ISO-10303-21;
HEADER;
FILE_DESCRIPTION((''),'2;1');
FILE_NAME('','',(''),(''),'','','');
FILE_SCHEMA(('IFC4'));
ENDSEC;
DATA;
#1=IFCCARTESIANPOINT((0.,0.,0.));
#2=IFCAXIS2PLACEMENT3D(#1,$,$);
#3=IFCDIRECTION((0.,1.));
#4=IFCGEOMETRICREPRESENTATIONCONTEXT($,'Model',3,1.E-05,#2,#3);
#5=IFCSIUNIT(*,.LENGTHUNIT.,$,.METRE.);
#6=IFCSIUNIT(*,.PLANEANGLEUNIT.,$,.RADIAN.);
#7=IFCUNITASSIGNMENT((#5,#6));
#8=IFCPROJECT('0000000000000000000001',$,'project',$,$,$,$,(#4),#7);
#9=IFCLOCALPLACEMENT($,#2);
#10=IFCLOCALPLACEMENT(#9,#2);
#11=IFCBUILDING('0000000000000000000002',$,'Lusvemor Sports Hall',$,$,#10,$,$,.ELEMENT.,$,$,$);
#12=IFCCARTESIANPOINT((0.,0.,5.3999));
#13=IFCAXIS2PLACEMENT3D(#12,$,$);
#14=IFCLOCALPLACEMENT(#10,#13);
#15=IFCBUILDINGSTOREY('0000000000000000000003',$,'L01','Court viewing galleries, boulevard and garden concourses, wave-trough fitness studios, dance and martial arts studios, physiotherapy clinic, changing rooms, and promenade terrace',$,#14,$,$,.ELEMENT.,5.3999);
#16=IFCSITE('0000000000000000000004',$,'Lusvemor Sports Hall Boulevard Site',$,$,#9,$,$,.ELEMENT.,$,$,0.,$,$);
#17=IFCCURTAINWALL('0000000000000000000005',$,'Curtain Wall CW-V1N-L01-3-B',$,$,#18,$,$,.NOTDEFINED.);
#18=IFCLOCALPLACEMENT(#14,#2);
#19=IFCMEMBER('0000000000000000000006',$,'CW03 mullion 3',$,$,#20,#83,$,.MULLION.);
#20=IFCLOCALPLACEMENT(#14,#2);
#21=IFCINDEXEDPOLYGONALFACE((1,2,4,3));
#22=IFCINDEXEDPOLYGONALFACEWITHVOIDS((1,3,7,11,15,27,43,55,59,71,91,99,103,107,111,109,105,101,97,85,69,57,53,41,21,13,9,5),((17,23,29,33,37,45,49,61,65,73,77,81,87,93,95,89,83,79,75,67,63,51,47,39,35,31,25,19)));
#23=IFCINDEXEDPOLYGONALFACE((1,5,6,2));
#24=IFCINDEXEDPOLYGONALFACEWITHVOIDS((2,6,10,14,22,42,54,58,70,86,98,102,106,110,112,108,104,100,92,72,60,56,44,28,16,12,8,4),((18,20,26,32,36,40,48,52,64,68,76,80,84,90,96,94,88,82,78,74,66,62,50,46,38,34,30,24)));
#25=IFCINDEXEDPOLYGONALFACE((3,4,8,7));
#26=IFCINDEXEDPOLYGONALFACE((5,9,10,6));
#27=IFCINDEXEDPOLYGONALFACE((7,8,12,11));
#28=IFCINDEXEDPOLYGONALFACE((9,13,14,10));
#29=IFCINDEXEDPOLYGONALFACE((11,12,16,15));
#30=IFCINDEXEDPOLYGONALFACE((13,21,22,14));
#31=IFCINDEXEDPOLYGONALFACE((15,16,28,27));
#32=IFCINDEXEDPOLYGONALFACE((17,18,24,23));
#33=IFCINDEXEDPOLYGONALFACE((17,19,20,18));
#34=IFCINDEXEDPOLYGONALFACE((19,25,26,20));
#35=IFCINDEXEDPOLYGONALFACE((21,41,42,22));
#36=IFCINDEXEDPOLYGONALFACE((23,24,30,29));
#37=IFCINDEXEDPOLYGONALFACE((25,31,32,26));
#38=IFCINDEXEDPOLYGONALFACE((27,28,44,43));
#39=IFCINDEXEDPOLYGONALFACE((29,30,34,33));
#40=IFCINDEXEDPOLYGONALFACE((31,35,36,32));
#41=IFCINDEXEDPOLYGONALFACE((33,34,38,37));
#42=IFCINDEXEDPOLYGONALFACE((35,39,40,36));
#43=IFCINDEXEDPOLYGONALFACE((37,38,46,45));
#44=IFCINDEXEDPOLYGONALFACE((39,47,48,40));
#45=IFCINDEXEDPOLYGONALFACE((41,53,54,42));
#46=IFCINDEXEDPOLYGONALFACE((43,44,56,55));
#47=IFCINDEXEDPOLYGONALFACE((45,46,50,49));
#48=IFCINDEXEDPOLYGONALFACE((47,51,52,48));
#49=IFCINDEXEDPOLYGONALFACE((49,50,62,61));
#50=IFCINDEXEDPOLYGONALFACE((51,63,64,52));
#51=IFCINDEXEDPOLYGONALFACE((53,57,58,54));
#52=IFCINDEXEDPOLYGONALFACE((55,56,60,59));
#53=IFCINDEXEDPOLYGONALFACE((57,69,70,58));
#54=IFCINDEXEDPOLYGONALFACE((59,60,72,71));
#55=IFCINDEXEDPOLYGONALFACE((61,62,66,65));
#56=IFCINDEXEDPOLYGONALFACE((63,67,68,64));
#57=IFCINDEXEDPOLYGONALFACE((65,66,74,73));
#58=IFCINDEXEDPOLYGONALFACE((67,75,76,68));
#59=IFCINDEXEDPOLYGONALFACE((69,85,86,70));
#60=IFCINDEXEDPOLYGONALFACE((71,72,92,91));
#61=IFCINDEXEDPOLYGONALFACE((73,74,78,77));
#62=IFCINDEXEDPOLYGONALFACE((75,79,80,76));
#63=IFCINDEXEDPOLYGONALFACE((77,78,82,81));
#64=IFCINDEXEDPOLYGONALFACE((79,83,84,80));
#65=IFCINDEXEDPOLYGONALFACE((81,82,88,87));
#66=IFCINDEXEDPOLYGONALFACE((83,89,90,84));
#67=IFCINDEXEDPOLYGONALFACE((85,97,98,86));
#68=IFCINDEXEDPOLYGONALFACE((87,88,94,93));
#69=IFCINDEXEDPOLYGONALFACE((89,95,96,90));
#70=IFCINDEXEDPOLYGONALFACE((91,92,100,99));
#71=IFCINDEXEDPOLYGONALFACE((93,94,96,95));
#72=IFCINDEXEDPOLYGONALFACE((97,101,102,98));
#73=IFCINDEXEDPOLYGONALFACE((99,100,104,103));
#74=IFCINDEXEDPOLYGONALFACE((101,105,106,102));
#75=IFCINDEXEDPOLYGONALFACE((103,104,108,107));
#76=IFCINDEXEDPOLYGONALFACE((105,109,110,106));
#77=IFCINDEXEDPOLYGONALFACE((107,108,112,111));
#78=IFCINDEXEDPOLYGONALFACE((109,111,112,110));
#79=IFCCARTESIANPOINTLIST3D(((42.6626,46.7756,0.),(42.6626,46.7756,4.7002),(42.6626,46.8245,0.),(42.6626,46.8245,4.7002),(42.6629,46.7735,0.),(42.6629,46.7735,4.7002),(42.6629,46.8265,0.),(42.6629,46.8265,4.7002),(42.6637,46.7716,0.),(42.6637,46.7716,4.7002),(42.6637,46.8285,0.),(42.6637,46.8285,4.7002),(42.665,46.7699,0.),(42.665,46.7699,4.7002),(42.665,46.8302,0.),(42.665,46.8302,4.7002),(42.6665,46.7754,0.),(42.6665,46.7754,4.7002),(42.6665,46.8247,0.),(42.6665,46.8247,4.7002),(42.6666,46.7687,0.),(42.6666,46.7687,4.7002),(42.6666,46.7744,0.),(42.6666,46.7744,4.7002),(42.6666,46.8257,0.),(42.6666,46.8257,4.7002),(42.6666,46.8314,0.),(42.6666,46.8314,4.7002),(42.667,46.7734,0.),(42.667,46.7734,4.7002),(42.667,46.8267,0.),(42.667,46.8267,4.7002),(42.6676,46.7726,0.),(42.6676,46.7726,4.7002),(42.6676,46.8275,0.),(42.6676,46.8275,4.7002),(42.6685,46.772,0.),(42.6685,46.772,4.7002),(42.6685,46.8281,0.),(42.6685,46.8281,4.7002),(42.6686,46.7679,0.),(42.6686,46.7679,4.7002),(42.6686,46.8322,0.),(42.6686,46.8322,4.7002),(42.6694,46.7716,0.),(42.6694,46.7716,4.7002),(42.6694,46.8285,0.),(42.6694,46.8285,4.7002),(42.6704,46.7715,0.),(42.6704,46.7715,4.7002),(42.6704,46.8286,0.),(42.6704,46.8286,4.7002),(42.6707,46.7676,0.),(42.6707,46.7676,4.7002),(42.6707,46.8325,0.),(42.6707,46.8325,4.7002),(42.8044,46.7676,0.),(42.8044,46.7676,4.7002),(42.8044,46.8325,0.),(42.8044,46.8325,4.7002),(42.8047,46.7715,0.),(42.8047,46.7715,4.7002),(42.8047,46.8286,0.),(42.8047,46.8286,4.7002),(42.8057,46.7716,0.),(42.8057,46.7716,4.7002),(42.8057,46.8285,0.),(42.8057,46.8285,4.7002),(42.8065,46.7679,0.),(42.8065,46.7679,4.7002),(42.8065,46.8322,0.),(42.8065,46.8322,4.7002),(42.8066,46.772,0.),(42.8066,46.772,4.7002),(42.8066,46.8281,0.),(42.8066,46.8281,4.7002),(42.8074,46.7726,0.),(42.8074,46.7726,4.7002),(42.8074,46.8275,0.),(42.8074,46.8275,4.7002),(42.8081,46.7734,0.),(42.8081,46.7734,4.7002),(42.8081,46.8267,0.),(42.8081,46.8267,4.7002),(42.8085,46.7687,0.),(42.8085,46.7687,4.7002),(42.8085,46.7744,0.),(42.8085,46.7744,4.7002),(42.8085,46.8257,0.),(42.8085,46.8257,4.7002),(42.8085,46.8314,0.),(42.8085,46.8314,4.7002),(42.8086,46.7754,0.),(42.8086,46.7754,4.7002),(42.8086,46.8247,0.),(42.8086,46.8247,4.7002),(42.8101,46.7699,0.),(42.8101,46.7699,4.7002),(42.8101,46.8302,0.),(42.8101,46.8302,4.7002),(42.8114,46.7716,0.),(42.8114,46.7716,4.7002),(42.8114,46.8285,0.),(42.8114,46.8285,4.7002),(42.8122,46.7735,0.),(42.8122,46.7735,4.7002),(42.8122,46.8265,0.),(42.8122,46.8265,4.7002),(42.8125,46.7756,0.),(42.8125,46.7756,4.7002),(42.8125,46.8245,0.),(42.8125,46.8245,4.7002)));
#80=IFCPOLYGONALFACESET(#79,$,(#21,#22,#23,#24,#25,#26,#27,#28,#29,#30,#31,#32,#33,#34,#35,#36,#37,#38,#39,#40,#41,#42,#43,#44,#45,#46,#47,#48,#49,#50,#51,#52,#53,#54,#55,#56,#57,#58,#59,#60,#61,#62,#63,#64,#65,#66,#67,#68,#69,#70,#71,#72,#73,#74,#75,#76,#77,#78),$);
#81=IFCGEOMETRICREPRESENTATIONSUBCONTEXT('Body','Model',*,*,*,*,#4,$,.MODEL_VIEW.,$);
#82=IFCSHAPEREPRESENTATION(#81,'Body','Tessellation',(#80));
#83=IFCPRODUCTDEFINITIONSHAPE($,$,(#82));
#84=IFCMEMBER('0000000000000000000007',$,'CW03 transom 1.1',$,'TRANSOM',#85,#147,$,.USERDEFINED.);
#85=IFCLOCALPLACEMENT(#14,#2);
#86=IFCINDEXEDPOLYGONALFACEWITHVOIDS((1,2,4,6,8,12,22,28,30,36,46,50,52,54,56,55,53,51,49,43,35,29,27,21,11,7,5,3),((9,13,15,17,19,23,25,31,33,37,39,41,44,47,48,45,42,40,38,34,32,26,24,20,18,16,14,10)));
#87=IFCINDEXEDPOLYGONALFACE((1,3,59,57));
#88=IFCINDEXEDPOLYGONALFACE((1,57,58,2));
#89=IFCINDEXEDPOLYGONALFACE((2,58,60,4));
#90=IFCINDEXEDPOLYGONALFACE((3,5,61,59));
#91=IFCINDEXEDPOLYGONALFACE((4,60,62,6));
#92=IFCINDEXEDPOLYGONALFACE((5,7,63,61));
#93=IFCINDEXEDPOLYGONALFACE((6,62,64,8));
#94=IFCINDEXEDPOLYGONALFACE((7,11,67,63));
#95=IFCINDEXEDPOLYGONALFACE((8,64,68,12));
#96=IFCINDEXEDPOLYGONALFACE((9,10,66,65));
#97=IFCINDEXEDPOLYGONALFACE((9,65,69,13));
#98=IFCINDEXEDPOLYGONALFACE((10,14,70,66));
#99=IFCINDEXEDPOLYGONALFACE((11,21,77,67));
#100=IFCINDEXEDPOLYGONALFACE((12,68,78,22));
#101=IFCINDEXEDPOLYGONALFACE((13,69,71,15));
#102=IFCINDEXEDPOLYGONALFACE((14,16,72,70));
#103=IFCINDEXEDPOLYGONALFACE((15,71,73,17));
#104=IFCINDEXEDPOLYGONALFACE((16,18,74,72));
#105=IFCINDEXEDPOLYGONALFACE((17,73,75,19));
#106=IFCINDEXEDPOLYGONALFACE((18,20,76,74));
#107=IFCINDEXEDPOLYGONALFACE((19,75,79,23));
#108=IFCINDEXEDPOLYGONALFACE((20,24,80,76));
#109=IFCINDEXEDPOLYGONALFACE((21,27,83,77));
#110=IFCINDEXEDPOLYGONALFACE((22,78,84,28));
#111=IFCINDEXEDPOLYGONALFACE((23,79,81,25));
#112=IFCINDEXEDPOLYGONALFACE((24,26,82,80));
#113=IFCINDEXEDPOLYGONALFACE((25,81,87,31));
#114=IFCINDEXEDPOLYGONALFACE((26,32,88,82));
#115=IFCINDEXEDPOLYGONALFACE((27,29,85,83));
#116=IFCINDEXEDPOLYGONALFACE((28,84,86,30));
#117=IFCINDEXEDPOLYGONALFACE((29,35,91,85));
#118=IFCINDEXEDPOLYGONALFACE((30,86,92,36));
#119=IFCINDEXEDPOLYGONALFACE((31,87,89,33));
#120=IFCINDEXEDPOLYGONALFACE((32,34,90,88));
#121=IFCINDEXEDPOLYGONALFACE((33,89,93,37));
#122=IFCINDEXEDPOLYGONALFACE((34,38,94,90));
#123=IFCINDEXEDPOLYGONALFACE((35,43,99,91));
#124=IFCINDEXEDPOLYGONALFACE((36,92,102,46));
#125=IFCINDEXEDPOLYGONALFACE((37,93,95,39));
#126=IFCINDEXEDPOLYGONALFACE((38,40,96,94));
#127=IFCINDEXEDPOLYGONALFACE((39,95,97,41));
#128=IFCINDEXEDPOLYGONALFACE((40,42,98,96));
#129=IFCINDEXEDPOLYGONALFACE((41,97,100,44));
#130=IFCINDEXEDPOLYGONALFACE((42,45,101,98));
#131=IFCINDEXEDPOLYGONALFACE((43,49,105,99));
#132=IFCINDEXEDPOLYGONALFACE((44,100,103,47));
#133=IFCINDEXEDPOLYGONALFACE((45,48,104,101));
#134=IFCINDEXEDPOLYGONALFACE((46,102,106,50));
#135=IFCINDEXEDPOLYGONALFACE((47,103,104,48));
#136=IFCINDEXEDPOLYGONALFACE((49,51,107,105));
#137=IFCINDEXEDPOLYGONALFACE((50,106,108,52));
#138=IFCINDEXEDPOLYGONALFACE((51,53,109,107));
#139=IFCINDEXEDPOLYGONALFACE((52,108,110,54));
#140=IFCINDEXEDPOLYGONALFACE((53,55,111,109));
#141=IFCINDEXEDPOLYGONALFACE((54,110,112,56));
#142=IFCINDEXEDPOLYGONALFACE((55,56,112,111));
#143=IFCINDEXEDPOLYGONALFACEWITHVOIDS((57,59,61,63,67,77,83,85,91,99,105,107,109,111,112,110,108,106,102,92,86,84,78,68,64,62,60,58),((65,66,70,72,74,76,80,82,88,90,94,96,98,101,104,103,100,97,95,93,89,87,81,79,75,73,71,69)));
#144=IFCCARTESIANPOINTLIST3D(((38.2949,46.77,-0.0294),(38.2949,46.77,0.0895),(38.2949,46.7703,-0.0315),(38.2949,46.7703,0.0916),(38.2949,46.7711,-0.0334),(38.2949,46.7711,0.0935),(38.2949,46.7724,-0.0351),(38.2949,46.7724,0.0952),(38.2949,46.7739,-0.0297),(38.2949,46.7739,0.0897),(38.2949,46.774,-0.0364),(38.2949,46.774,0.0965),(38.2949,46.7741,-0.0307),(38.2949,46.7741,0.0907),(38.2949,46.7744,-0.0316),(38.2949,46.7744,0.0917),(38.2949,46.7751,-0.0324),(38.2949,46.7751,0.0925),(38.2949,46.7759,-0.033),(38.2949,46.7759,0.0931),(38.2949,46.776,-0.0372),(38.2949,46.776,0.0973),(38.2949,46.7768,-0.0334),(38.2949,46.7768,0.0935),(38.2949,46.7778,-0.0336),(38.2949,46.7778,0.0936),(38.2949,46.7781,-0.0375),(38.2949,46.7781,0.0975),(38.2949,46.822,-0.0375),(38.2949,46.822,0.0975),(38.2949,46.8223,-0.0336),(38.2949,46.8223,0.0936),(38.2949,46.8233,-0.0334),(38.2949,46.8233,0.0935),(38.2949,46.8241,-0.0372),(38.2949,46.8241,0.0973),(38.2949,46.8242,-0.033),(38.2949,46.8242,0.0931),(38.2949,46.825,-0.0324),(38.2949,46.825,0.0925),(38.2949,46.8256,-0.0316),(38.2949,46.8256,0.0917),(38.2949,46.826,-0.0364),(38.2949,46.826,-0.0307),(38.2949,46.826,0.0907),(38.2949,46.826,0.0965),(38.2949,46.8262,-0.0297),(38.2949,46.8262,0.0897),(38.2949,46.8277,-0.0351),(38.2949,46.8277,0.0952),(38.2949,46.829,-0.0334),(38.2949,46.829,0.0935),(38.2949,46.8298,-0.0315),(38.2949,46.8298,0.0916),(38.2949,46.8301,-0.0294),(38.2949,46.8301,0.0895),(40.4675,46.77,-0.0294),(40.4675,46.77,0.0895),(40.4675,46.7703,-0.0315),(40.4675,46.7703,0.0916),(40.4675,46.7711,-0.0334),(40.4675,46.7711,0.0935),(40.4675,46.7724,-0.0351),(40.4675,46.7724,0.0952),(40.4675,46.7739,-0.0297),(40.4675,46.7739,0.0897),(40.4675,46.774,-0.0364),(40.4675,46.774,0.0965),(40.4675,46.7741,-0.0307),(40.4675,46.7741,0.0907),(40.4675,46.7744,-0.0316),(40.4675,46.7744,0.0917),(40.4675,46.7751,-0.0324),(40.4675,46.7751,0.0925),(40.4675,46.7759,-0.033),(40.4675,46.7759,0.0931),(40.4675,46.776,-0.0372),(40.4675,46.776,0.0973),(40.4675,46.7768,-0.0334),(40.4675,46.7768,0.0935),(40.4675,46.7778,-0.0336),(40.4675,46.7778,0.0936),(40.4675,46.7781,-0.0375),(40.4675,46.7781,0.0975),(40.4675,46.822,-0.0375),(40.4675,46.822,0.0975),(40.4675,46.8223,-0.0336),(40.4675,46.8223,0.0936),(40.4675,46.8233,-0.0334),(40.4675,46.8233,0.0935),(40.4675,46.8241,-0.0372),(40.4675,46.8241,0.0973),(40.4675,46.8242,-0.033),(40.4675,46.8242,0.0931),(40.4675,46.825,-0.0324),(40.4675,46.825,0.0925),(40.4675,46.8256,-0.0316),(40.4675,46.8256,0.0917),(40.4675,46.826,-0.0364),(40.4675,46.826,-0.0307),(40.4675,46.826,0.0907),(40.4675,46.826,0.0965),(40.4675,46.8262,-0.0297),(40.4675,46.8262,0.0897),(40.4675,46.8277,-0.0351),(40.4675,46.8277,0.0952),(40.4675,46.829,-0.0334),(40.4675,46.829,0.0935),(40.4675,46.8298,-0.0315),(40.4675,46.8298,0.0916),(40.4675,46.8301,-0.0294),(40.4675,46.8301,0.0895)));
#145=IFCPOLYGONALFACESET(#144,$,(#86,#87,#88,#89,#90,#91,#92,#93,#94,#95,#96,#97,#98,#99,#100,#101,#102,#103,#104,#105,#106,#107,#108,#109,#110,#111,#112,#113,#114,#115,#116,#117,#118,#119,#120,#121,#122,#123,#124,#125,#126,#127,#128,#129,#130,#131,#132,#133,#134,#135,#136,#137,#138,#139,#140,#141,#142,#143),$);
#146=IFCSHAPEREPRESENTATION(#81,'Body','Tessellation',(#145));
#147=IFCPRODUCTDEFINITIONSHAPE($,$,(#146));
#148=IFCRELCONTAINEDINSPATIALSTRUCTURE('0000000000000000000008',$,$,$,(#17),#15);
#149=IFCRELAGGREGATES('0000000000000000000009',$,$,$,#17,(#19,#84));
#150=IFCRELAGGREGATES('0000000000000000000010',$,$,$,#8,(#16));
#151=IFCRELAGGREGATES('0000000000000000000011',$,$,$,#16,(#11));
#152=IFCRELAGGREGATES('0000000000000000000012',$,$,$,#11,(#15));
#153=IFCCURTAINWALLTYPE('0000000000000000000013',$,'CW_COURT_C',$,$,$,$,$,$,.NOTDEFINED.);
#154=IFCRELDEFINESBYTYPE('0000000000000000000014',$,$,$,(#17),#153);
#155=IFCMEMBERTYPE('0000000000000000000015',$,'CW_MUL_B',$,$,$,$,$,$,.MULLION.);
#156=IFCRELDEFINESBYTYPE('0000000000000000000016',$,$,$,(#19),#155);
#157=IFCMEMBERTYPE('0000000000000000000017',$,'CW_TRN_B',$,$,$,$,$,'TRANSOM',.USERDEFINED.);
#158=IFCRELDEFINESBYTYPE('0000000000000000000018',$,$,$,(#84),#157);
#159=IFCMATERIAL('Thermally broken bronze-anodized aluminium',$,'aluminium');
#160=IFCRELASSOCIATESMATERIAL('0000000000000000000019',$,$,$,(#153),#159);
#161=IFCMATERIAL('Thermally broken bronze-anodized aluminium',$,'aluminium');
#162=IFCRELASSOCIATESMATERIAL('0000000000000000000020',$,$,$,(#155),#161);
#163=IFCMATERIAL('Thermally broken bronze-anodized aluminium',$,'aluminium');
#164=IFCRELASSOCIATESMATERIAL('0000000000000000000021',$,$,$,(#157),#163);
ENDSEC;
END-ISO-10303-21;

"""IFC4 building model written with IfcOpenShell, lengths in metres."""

from ifc_helpers import new_model, si_unit, direction, frame, origin, origin_2d, place, context, subcontext, project, spatial, hollow_rectangle, extrude, material, material_profile, profile_set, type_object, element, aggregate, save


model = new_model("IFC4")

# Units and contexts
model_context = context("Model", 3, precision=1e-05, world=origin(), true_north=direction((0.0, 1.0)))
body_context = subcontext(model_context, "Body", "Model", "MODEL_VIEW")
ifc_project = project(units=[si_unit("LENGTHUNIT", "METRE"), si_unit("PLANEANGLEUNIT", "RADIAN")], contexts=[model_context])

# Site, building, storey
site_placement = place(None, origin())
site = spatial("IfcSite", under=ifc_project, at=site_placement, Name="Lusvemor Sports Hall Boulevard Site", CompositionType="ELEMENT", RefElevation=0.0)
building_placement = place(site_placement, origin())
building = spatial("IfcBuilding", under=site, at=building_placement, Name="Lusvemor Sports Hall", CompositionType="ELEMENT")
storey_placement = place(building_placement, frame((0.0, 0.0, 5.3999)))
storey = spatial("IfcBuildingStorey", under=building, at=storey_placement, Name="L01", Description="Court viewing galleries, boulevard and garden concourses, wave-trough fitness studios, dance and martial arts studios, physiotherapy clinic, changing rooms, and promenade terrace", CompositionType="ELEMENT", Elevation=5.3999)

# Shared definitions
ifc_material_1 = material(Name="Thermally broken bronze-anodized aluminium", Category="aluminium")
curtain_wall_type = type_object("IfcCurtainWallType", Name="CW_COURT_C", PredefinedType="NOTDEFINED", material=ifc_material_1)
ifc_material_2 = material(Name="Thermally broken bronze-anodized aluminium", Category="aluminium")
ifc_material_profile_1 = material_profile(ifc_material_2, hollow_rectangle(XDim=0.0649, YDim=0.1499, WallThickness=0.0039, InnerFilletRadius=0.0039, OuterFilletRadius=0.0081, at=origin_2d()), Name="CWMUL150x65x4")
ifc_profile_set_1 = profile_set([ifc_material_profile_1], Name="Thermally broken bronze-anodized aluminium")
member_type_1 = type_object("IfcMemberType", Name="CW_MUL_B", PredefinedType="MULLION", material=ifc_profile_set_1)

# Curtain wall, members
curtain_wall_1_placement = place(storey_placement, origin())
curtain_wall_1 = element("IfcCurtainWall", 1, at=curtain_wall_1_placement, inside=storey, type_object=curtain_wall_type, Name="Curtain Wall CW-V1N-L01-3-B", PredefinedType="NOTDEFINED")
member_1_placement = place(storey_placement, frame((42.7375, 46.8, 0.0), z_axis=(0.0, 0.0, 1.0), x_axis=(0.0, 1.0, 0.0)))
member_1 = element("IfcMember", 2, at=member_1_placement, type_object=member_type_1, Name="CW03 mullion 3", PredefinedType="MULLION", context=body_context, shape_type="SweptSolid", body=[
    extrude(hollow_rectangle(XDim=0.0649, YDim=0.1499, WallThickness=0.0039, InnerFilletRadius=0.0039, OuterFilletRadius=0.0081, at=origin_2d()), origin(), (0.0, 0.0, 1.0), 4.7002),
])
ifc_material_3 = material(Name="Thermally broken bronze-anodized aluminium", Category="aluminium")
ifc_material_profile_2 = material_profile(ifc_material_3, hollow_rectangle(XDim=0.0601, YDim=0.135, WallThickness=0.0039, InnerFilletRadius=0.0039, OuterFilletRadius=0.0081, at=origin_2d()), Name="CWTRN135x60x4")
ifc_profile_set_2 = profile_set([ifc_material_profile_2], Name="Thermally broken bronze-anodized aluminium")
member_type_2 = type_object("IfcMemberType", Name="CW_TRN_B", ElementType="TRANSOM", PredefinedType="USERDEFINED", material=ifc_profile_set_2)
member_2_placement = place(storey_placement, frame((38.2949, 46.8, 0.03), z_axis=(1.0, 0.0, 0.0), x_axis=(0.0, 1.0, 0.0)))
member_2 = element("IfcMember", 3, at=member_2_placement, type_object=member_type_2, Name="CW03 transom 1.1", ObjectType="TRANSOM", PredefinedType="USERDEFINED", context=body_context, shape_type="SweptSolid", body=[
    extrude(hollow_rectangle(XDim=0.0601, YDim=0.135, WallThickness=0.0039, InnerFilletRadius=0.0039, OuterFilletRadius=0.0081, at=origin_2d()), origin(), (0.0, 0.0, 1.0), 2.1726),
])

aggregate(curtain_wall_1, [member_1, member_2])

save(model, "model.ifc")
